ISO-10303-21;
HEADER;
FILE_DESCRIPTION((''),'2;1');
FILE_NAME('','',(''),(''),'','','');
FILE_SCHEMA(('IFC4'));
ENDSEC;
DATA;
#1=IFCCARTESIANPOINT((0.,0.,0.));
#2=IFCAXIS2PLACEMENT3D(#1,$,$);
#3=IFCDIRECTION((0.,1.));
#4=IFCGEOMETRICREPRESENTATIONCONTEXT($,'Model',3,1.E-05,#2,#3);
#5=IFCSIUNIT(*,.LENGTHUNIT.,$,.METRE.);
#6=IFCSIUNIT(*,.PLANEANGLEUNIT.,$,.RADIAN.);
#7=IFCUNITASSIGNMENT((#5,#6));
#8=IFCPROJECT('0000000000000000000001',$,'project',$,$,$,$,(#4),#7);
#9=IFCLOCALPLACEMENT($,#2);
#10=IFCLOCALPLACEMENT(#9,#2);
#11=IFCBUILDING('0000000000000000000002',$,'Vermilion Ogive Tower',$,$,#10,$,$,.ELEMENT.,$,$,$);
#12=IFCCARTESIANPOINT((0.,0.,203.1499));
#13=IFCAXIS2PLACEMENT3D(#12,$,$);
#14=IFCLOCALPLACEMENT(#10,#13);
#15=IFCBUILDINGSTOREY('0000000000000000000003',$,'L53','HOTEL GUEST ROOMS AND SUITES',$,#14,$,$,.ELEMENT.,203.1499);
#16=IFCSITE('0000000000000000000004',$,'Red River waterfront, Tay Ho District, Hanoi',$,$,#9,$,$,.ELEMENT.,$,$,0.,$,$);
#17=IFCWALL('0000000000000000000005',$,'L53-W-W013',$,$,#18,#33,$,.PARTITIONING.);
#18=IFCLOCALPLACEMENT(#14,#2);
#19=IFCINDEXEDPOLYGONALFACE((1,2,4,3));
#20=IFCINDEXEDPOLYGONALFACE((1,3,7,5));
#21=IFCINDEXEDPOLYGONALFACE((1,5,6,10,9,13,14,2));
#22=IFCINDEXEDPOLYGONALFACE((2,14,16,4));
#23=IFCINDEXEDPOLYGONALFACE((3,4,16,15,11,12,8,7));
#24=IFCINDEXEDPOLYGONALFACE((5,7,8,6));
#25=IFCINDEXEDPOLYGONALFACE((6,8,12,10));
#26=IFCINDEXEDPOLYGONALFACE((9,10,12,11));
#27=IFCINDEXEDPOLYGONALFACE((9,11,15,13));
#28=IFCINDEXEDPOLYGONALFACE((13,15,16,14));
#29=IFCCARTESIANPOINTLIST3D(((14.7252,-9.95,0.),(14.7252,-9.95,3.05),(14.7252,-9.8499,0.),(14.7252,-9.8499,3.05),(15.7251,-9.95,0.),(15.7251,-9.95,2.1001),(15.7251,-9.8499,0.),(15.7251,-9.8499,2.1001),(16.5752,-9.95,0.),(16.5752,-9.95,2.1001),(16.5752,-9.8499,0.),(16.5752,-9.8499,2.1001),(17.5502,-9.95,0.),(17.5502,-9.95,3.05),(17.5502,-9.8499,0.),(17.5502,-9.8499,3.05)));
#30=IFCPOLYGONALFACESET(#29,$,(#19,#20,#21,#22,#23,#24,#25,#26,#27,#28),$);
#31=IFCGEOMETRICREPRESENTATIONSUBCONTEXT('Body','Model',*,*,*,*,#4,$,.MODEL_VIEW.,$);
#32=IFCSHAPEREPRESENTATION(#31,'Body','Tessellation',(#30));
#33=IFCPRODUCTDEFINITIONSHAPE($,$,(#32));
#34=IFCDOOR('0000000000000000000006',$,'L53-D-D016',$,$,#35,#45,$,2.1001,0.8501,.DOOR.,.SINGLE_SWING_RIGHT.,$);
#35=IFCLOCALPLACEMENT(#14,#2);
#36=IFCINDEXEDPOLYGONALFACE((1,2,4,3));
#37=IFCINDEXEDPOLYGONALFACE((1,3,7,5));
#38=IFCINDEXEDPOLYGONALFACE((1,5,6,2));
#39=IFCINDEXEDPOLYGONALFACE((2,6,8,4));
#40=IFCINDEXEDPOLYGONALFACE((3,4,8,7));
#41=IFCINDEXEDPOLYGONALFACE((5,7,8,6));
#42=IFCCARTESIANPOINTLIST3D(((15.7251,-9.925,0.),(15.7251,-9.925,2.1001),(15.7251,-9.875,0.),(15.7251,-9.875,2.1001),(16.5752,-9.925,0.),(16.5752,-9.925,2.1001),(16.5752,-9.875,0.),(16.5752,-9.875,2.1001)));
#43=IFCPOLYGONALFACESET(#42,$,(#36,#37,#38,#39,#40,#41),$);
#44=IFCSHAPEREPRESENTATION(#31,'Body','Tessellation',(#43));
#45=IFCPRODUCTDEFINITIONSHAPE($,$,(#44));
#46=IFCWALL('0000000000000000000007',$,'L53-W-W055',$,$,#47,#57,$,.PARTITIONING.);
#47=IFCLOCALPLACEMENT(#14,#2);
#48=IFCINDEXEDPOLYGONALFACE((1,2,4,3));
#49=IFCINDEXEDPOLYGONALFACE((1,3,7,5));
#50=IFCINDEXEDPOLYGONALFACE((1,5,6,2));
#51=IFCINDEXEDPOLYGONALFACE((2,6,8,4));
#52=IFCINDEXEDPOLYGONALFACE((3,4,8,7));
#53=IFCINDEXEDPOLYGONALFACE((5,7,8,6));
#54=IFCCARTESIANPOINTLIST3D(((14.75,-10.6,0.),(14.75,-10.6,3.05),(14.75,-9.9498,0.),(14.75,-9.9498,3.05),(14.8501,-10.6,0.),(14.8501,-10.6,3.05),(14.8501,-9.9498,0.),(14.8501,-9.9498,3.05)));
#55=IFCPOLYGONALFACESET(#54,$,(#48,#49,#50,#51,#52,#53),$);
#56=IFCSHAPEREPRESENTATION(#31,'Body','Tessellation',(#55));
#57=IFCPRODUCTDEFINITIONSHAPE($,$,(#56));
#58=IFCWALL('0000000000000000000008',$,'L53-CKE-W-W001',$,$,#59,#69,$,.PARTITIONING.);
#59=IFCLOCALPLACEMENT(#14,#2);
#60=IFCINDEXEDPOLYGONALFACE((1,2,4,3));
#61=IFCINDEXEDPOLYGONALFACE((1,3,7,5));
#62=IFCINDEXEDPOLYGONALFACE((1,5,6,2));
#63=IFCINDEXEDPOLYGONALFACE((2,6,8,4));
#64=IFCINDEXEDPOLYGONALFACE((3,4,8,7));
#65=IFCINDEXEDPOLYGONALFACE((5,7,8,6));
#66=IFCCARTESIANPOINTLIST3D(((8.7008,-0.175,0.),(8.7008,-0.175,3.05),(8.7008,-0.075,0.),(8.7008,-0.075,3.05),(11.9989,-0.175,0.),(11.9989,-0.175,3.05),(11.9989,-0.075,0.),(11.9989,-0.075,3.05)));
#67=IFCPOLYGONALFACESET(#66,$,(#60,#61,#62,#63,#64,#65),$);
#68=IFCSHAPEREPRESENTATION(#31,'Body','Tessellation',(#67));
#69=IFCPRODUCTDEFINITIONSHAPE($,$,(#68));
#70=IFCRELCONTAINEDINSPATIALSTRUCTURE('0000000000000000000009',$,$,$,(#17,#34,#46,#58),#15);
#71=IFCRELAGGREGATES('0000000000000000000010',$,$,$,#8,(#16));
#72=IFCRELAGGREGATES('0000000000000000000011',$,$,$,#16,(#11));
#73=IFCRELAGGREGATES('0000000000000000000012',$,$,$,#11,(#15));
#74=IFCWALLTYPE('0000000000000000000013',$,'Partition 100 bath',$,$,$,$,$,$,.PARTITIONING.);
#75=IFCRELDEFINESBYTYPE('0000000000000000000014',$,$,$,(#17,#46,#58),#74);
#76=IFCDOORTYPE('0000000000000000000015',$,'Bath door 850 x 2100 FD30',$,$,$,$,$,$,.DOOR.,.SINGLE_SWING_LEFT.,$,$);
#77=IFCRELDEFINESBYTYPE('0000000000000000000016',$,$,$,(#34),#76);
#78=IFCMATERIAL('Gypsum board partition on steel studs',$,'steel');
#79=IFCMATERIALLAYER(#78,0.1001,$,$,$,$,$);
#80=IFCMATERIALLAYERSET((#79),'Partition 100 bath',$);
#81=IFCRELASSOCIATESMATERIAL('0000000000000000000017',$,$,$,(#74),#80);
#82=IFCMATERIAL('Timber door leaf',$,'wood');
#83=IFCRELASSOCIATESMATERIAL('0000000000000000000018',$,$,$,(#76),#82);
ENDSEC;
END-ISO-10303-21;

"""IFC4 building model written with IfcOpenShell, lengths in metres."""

from ifc_helpers import new_model, si_unit, direction, frame, frame_2d, origin, place, context, subcontext, project, spatial, rectangle, extrude, material, layer, layer_set, type_object, element, fill, save


model = new_model("IFC4")

# Units and contexts
model_context = context("Model", 3, precision=1e-05, world=origin(), true_north=direction((0.0, 1.0)))
body_context = subcontext(model_context, "Body", "Model", "MODEL_VIEW")
ifc_project = project(units=[si_unit("LENGTHUNIT", "METRE"), si_unit("PLANEANGLEUNIT", "RADIAN")], contexts=[model_context])

# Site, building, storey
site_placement = place(None, origin())
site = spatial("IfcSite", under=ifc_project, at=site_placement, Name="Red River waterfront, Tay Ho District, Hanoi", CompositionType="ELEMENT", RefElevation=0.0)
building_placement = place(site_placement, origin())
building = spatial("IfcBuilding", under=site, at=building_placement, Name="Vermilion Ogive Tower", CompositionType="ELEMENT")
storey_placement = place(building_placement, frame((0.0, 0.0, 203.1499)))
storey = spatial("IfcBuildingStorey", under=building, at=storey_placement, Name="L53", Description="HOTEL GUEST ROOMS AND SUITES", CompositionType="ELEMENT", Elevation=203.1499)

# Wall, opening, door
ifc_material_1 = material(Name="Gypsum board partition on steel studs", Category="steel")
ifc_layer_1 = layer(ifc_material_1, 0.1001)
ifc_layer_set_1 = layer_set([ifc_layer_1], Name="Partition 100 bath")
wall_type_1 = type_object("IfcWallType", Name="Partition 100 bath", PredefinedType="PARTITIONING", material=ifc_layer_set_1)
wall_1_placement = place(storey_placement, frame((14.7251, -9.8999, 0.0), z_axis=(0.0, 0.0, 1.0), x_axis=(1.0, 0.0, 0.0)))
wall_1 = element("IfcWall", 1, at=wall_1_placement, inside=storey, type_object=wall_type_1, Name="L53-W-W013", PredefinedType="PARTITIONING", context=body_context, shape_type="SweptSolid", body=[
    extrude(rectangle(XDim=2.825, YDim=0.1001, at=frame_2d((1.4126, 0.0))), origin(), (0.0, 0.0, 1.0), 3.05),
])
opening_1_placement = place(wall_1_placement, frame((1.0, 0.0, 0.0)))
opening_1 = element("IfcOpeningElement", 2, at=opening_1_placement, cuts=wall_1, PredefinedType="OPENING", context=body_context, shape_type="SweptSolid", body=[
    extrude(rectangle(XDim=0.8501, YDim=2.1001, at=frame_2d((0.425, 1.05))), frame((0.0, 0.0601, 0.0), z_axis=(0.0, -1.0, 0.0), x_axis=(1.0, 0.0, 0.0)), (0.0, 0.0, 1.0), 0.1201),
])
ifc_material_2 = material(Name="Timber door leaf", Category="wood")
door_type_1 = type_object("IfcDoorType", Name="Bath door 850 x 2100 FD30", OperationType="SINGLE_SWING_LEFT", PredefinedType="DOOR", material=ifc_material_2)
door_1_placement = place(opening_1_placement, origin())
door_1 = element("IfcDoor", 3, at=door_1_placement, inside=storey, type_object=door_type_1, Name="L53-D-D016", OperationType="SINGLE_SWING_RIGHT", OverallHeight=2.1001, OverallWidth=0.8501, PredefinedType="DOOR", context=body_context, shape_type="SweptSolid", body=[
    extrude(rectangle(XDim=0.8501, YDim=2.1001, at=frame_2d((0.425, 1.05))), frame((0.0, 0.0249, 0.0), z_axis=(0.0, -1.0, 0.0), x_axis=(1.0, 0.0, 0.0)), (0.0, 0.0, 1.0), 0.05),
])
fill(opening_1, door_1)

# Walls
wall_2_placement = place(storey_placement, frame((14.8, -10.6001, 0.0), z_axis=(0.0, 0.0, 1.0), x_axis=(0.0, 1.0, 0.0)))
element("IfcWall", 4, at=wall_2_placement, inside=storey, type_object=wall_type_1, Name="L53-W-W055", PredefinedType="PARTITIONING", context=body_context, shape_type="SweptSolid", body=[
    extrude(rectangle(XDim=0.6501, YDim=0.1001, at=frame_2d((0.3252, 0.0))), origin(), (0.0, 0.0, 1.0), 3.05),
])
wall_3_placement = place(storey_placement, frame((8.7009, -0.125, 0.0), z_axis=(0.0, 0.0, 1.0), x_axis=(1.0, 0.0, 0.0)))
element("IfcWall", 5, at=wall_3_placement, inside=storey, type_object=wall_type_1, Name="L53-CKE-W-W001", PredefinedType="PARTITIONING", context=body_context, shape_type="SweptSolid", body=[
    extrude(rectangle(XDim=3.2981, YDim=0.1001, at=frame_2d((1.6489, 0.0))), origin(), (0.0, 0.0, 1.0), 3.05),
])

save(model, "model.ifc")
